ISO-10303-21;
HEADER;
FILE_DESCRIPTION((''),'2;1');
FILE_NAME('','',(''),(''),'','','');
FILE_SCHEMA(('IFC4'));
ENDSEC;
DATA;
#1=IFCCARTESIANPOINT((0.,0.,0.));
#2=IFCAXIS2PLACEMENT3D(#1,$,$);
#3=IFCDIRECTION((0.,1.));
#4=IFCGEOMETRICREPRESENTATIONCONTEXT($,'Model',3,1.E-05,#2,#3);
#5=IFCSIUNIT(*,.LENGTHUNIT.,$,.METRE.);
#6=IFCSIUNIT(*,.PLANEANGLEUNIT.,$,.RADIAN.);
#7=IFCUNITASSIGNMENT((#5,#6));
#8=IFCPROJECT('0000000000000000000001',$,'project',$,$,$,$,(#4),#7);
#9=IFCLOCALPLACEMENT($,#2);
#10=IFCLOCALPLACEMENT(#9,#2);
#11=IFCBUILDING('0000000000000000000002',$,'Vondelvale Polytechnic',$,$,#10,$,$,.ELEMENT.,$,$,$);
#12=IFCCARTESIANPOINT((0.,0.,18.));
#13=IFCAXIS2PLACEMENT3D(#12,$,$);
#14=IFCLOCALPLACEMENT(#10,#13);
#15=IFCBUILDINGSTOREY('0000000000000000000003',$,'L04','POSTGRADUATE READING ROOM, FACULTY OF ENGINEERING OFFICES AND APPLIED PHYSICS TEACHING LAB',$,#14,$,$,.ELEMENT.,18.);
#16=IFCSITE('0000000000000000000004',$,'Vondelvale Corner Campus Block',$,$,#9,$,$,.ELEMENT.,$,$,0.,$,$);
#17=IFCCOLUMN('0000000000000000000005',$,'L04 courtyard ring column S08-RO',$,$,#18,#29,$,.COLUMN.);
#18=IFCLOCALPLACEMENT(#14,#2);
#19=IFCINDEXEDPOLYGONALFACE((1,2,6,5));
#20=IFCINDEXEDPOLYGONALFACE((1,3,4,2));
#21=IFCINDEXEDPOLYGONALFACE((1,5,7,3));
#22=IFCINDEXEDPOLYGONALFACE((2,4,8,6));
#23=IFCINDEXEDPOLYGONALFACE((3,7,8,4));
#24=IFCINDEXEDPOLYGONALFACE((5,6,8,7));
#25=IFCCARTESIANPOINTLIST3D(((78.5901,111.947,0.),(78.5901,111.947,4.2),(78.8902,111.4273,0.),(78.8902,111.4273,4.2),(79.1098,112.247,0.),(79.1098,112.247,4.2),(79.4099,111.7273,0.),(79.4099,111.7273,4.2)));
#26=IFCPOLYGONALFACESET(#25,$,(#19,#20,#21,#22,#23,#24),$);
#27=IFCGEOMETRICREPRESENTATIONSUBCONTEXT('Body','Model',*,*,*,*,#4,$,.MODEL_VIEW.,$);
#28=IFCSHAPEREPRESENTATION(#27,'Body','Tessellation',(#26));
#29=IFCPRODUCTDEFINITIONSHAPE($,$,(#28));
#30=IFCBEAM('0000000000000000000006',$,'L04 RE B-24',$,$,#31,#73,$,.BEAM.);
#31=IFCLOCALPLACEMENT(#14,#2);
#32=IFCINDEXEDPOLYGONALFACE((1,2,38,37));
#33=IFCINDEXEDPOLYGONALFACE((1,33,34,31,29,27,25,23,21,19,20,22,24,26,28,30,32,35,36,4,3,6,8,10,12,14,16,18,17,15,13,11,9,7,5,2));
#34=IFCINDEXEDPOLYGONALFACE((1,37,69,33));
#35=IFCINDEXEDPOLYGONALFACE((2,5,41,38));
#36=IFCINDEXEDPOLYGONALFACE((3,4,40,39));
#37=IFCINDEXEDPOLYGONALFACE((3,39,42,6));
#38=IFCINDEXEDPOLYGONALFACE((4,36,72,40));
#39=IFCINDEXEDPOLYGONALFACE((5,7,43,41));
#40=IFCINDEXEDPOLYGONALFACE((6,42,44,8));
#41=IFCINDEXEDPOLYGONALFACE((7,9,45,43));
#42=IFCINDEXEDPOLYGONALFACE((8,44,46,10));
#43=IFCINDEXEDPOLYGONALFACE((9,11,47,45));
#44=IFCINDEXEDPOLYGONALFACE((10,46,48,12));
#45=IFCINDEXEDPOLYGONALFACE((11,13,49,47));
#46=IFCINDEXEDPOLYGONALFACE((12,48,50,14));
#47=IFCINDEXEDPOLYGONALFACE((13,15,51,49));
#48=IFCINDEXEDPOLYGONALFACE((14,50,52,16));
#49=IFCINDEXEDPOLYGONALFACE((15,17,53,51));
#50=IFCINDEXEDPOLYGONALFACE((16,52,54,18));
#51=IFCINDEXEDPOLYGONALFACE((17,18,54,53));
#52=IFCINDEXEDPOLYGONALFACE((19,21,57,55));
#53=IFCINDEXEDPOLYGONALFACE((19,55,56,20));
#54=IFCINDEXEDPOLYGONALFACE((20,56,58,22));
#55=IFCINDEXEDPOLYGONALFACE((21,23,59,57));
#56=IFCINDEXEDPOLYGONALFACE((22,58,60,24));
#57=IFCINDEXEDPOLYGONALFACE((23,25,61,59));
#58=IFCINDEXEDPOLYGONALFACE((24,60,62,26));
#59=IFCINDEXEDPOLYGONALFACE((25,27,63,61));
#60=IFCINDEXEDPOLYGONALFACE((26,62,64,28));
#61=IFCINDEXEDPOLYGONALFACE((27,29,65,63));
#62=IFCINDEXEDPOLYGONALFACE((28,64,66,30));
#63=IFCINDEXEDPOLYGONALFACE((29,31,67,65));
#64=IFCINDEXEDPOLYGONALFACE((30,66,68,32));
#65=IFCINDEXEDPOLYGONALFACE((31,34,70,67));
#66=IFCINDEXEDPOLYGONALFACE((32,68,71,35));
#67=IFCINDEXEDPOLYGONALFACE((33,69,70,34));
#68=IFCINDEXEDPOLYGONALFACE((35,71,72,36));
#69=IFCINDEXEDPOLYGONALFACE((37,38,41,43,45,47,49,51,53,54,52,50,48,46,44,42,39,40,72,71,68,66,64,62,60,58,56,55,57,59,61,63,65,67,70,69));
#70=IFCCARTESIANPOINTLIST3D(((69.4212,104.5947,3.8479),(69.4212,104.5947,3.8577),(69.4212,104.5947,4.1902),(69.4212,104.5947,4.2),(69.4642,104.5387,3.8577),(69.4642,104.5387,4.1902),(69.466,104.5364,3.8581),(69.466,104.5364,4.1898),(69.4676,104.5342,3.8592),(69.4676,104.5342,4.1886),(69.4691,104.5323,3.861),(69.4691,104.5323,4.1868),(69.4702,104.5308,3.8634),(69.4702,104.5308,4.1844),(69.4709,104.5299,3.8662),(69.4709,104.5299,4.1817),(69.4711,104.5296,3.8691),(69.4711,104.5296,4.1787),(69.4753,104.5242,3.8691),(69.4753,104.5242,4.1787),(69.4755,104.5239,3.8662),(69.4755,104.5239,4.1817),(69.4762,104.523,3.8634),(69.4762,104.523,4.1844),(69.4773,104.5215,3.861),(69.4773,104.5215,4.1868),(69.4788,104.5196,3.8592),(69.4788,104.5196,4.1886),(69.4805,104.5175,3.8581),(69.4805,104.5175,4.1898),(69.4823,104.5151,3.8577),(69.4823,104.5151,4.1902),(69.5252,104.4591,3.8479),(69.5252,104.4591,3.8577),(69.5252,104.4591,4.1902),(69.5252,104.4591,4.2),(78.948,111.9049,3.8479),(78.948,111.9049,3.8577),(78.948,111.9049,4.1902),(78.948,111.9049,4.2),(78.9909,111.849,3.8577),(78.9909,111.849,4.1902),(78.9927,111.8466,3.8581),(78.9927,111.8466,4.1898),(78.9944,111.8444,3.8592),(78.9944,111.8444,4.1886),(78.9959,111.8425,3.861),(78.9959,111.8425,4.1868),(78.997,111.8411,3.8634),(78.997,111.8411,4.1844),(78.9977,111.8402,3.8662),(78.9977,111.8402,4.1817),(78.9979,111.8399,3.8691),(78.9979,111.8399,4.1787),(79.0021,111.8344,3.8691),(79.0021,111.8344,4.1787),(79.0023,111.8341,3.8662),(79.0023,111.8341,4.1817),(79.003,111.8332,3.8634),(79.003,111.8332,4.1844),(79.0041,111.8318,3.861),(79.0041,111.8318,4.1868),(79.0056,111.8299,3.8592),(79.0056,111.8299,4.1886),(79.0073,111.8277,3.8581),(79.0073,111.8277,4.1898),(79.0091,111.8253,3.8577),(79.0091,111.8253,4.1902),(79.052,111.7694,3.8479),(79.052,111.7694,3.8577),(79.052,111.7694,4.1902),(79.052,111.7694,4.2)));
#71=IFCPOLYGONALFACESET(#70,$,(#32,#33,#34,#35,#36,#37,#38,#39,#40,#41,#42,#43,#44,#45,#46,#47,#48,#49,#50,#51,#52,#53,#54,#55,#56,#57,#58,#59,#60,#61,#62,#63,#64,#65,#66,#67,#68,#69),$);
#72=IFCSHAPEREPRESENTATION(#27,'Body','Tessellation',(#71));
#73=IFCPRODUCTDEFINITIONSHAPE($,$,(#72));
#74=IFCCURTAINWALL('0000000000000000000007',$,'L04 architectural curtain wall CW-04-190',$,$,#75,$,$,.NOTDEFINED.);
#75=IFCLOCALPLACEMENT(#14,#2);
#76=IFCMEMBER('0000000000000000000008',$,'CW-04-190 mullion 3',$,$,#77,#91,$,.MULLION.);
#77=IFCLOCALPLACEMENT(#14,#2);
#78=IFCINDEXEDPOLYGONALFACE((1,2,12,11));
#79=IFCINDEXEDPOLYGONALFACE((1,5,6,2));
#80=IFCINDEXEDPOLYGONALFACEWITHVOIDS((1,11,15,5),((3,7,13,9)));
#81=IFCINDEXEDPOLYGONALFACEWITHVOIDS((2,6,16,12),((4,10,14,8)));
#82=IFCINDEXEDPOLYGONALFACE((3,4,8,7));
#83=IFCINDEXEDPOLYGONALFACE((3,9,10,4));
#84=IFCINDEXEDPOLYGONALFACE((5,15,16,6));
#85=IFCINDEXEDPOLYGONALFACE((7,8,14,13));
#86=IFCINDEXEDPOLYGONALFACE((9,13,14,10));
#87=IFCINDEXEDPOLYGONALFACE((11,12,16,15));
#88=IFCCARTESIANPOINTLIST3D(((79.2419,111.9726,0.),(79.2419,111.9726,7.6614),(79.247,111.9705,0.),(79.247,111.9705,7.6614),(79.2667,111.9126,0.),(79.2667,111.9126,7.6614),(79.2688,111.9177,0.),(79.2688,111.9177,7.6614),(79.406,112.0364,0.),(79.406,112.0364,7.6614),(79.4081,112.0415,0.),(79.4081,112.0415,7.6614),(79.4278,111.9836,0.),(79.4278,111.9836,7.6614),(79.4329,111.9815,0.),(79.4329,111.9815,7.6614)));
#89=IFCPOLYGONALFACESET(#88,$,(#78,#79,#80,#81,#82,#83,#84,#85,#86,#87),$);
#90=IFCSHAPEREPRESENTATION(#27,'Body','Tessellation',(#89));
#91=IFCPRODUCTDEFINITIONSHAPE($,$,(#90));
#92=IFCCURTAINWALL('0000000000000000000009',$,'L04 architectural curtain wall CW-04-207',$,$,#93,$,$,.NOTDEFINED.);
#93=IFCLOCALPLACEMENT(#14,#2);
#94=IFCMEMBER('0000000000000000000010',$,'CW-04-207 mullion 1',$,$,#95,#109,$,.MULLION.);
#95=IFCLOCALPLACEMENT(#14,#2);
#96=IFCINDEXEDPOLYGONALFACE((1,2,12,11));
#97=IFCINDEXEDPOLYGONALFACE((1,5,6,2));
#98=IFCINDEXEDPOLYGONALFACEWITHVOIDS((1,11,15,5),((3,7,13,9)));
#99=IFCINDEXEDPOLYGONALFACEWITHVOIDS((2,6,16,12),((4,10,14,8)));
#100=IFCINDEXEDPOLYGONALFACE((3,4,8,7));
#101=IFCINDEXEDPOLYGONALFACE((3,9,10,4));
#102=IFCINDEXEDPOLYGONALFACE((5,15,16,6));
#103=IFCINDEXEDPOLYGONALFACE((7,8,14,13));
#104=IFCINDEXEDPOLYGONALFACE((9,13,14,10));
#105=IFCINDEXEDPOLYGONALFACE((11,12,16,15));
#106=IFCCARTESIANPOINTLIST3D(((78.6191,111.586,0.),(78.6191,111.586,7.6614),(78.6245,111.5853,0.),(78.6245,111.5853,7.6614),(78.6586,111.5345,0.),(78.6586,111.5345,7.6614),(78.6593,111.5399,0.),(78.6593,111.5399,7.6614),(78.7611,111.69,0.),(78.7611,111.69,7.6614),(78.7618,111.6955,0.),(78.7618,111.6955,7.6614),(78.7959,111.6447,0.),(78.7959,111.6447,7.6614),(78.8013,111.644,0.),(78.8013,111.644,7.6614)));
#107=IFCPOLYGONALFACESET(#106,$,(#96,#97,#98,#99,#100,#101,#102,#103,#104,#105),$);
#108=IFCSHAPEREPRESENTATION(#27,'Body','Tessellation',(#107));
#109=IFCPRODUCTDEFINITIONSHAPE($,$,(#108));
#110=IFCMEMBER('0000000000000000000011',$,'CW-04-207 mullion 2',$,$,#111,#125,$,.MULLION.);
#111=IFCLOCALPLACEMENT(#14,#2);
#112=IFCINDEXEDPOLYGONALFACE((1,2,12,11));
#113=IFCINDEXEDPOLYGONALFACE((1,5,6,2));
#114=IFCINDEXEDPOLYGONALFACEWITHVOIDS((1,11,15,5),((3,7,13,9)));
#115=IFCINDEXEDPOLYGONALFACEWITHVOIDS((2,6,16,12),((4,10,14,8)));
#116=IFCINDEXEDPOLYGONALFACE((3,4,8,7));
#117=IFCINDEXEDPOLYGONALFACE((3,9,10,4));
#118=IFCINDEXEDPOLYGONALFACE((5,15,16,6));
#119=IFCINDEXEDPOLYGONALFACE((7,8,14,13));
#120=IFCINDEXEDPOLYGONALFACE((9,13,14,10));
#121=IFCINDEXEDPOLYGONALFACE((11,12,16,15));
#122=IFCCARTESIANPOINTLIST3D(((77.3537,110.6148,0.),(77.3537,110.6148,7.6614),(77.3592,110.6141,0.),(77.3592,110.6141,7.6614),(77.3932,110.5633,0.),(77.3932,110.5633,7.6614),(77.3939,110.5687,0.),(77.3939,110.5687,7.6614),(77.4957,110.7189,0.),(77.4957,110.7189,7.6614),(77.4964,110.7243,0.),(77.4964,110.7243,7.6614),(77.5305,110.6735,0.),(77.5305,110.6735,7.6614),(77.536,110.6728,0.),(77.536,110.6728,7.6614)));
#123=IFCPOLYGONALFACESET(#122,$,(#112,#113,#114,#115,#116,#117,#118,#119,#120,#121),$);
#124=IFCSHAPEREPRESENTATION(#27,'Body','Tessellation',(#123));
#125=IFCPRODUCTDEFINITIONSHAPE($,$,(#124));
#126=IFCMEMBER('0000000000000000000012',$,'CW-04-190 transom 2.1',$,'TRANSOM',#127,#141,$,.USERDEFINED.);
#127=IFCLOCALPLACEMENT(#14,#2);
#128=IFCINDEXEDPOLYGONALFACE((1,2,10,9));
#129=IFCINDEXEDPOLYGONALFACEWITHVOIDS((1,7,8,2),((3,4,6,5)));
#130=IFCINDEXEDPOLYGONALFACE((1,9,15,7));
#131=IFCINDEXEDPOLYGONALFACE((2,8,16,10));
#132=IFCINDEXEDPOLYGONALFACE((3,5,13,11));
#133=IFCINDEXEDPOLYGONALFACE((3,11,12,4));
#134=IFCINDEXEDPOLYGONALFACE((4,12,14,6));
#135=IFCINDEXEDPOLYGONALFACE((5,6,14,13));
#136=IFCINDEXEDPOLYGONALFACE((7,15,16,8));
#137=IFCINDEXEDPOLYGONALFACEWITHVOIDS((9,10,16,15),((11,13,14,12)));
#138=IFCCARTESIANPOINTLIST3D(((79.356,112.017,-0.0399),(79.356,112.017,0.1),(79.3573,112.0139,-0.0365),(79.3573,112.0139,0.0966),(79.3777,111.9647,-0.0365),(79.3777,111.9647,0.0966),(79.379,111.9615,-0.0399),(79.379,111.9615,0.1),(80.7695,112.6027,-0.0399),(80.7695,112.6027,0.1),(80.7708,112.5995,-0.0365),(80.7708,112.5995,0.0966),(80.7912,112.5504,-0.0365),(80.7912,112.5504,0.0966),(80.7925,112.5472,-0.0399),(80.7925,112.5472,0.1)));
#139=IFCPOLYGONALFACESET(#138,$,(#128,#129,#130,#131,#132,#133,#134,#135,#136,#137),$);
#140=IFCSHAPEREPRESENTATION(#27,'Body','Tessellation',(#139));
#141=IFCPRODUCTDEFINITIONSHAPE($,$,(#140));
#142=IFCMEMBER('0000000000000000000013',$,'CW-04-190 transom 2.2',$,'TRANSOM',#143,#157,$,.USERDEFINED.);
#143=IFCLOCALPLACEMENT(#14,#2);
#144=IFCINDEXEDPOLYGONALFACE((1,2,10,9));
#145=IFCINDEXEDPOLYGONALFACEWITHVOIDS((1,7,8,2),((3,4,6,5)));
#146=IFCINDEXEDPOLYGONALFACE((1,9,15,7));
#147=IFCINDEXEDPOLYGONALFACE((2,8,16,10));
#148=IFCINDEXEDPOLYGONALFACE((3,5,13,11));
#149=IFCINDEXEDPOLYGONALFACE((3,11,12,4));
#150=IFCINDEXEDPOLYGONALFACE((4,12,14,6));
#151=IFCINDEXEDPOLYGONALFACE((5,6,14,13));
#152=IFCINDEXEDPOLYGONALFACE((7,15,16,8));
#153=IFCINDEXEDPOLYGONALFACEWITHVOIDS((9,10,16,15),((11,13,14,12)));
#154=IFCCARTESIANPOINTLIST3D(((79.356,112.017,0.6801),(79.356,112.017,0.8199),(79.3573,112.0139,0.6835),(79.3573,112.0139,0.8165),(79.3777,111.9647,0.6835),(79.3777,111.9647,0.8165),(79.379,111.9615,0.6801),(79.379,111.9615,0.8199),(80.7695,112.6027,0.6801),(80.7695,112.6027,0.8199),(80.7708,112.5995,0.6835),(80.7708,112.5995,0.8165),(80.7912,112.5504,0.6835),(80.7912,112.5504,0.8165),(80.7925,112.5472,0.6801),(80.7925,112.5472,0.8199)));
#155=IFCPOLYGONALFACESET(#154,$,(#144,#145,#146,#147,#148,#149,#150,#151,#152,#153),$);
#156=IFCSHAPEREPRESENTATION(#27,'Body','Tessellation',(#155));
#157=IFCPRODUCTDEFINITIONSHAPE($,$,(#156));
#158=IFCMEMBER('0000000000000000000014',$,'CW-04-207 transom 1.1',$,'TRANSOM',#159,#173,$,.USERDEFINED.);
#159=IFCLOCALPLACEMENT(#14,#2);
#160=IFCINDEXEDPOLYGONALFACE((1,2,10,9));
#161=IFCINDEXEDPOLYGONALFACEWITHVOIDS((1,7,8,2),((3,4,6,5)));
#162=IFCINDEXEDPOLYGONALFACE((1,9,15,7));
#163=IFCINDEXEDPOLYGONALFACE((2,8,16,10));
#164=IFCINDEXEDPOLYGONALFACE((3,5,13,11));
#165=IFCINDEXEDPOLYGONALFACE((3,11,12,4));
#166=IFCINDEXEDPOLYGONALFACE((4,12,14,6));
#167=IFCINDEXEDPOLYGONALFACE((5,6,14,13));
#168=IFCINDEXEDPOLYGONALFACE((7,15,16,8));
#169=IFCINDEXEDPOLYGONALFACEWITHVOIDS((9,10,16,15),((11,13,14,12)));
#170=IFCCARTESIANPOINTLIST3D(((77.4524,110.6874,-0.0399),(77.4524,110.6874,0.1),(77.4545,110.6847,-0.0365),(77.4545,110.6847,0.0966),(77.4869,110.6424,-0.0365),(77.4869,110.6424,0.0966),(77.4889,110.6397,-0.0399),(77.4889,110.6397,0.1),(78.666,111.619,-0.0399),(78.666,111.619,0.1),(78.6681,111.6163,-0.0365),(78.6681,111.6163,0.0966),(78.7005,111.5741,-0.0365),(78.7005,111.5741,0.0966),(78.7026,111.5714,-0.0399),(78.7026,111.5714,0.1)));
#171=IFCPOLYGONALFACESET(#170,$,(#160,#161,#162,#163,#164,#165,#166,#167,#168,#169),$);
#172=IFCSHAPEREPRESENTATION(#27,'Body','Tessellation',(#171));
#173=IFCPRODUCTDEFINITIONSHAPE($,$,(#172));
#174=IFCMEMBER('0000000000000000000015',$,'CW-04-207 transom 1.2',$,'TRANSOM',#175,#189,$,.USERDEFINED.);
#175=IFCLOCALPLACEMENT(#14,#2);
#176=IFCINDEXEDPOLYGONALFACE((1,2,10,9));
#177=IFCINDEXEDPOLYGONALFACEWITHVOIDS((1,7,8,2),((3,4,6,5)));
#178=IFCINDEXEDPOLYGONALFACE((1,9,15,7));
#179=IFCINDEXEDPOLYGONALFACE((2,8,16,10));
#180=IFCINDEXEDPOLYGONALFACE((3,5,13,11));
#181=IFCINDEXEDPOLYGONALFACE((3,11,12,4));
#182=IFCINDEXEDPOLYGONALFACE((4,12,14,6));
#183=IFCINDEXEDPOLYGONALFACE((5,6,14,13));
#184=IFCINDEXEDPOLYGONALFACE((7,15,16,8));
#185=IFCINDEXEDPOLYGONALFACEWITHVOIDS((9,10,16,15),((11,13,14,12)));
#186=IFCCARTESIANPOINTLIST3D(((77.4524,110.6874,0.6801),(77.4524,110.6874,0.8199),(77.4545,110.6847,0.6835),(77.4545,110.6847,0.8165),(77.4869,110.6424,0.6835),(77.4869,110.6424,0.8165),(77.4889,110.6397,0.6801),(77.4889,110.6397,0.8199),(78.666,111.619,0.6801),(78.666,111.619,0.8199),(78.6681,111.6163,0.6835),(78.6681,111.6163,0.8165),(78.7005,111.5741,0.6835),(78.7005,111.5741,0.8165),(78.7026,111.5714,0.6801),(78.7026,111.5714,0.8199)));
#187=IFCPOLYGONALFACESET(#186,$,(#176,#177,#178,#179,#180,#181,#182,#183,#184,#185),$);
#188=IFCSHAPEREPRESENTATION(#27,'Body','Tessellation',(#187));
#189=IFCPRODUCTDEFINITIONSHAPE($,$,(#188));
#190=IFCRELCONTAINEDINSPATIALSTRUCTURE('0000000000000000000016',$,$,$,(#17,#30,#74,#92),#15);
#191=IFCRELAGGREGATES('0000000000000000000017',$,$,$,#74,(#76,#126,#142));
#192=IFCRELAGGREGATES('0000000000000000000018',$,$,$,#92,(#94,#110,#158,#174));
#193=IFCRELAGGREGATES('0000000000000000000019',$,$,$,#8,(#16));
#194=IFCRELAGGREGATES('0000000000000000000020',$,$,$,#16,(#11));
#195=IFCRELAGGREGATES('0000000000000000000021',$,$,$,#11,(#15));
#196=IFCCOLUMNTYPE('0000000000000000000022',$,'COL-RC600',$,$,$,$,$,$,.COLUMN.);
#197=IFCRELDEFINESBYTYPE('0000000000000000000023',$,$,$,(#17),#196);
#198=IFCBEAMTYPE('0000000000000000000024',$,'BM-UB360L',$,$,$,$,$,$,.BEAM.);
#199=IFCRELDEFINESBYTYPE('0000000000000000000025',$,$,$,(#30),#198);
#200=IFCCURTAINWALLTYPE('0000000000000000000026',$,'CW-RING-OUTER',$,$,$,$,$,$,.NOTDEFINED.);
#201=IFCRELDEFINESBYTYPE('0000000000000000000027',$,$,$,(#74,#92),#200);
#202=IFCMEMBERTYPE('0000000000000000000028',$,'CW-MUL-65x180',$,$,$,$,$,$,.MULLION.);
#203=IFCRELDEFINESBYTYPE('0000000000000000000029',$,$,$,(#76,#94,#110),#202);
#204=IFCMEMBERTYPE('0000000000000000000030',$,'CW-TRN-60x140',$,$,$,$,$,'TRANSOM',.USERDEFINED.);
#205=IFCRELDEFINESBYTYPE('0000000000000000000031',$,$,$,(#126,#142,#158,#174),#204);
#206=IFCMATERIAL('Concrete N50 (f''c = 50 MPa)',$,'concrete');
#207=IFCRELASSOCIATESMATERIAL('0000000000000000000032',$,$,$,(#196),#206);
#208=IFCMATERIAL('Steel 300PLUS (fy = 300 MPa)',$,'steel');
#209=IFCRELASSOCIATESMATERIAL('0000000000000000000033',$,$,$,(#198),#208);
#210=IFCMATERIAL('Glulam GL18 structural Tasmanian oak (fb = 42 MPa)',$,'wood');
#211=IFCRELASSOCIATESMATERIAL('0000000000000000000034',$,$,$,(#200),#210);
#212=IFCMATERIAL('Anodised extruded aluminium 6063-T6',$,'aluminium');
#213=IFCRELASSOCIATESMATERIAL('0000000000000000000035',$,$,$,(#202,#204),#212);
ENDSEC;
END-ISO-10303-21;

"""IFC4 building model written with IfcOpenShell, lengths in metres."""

from ifc_helpers import new_model, si_unit, direction, frame, origin, origin_2d, place, context, subcontext, project, spatial, rectangle, hollow_rectangle, i_section, extrude, material, material_profile, profile_set, type_object, element, aggregate, save


model = new_model("IFC4")

# Units and contexts
model_context = context("Model", 3, precision=1e-05, world=origin(), true_north=direction((0.0, 1.0)))
body_context = subcontext(model_context, "Body", "Model", "MODEL_VIEW")
ifc_project = project(units=[si_unit("LENGTHUNIT", "METRE"), si_unit("PLANEANGLEUNIT", "RADIAN")], contexts=[model_context])

# Site, building, storey
site_placement = place(None, origin())
site = spatial("IfcSite", under=ifc_project, at=site_placement, Name="Vondelvale Corner Campus Block", CompositionType="ELEMENT", RefElevation=0.0)
building_placement = place(site_placement, origin())
building = spatial("IfcBuilding", under=site, at=building_placement, Name="Vondelvale Polytechnic", CompositionType="ELEMENT")
storey_placement = place(building_placement, frame((0.0, 0.0, 18.0)))
storey = spatial("IfcBuildingStorey", under=building, at=storey_placement, Name="L04", Description="POSTGRADUATE READING ROOM, FACULTY OF ENGINEERING OFFICES AND APPLIED PHYSICS TEACHING LAB", CompositionType="ELEMENT", Elevation=18.0)

# Column
ifc_material_1 = material(Name="Concrete N50 (f'c = 50 MPa)", Category="concrete")
ifc_material_profile_1 = material_profile(ifc_material_1, rectangle(XDim=0.6001, YDim=0.6001, at=origin_2d()), Name="RC-COL-600x600")
ifc_profile_set_1 = profile_set([ifc_material_profile_1], Name="Concrete N50 (f'c = 50 MPa)")
column_type = type_object("IfcColumnType", Name="COL-RC600", PredefinedType="COLUMN", material=ifc_profile_set_1)
column_placement = place(storey_placement, frame((79.0, 111.8372, 0.0), z_axis=(0.0, 0.0, 1.0), x_axis=(-0.5, 0.866025, 0.0)))
element("IfcColumn", 1, at=column_placement, inside=storey, type_object=column_type, Name="L04 courtyard ring column S08-RO", PredefinedType="COLUMN", context=body_context, shape_type="SweptSolid", body=[
    extrude(rectangle(XDim=0.6001, YDim=0.6001, at=origin_2d()), origin(), (0.0, 0.0, 1.0), 4.2),
])

# Beam
ifc_material_2 = material(Name="Steel 300PLUS (fy = 300 MPa)", Category="steel")
ifc_material_profile_2 = material_profile(ifc_material_2, i_section(OverallWidth=0.1709, OverallDepth=0.3521, WebThickness=0.0068, FlangeThickness=0.0098, FilletRadius=0.0115, at=origin_2d()), Name="360UB44.7")
ifc_profile_set_2 = profile_set([ifc_material_profile_2], Name="Steel 300PLUS (fy = 300 MPa)")
beam_type = type_object("IfcBeamType", Name="BM-UB360L", PredefinedType="BEAM", material=ifc_profile_set_2)
beam_placement = place(storey_placement, frame((79.0, 111.8372, 4.0239), z_axis=(-0.79335, -0.608766, 0.0), x_axis=(0.608766, -0.79335, 0.0)))
element("IfcBeam", 2, at=beam_placement, inside=storey, type_object=beam_type, Name="L04 RE B-24", PredefinedType="BEAM", context=body_context, shape_type="SweptSolid", body=[
    extrude(i_section(OverallWidth=0.1709, OverallDepth=0.3521, WebThickness=0.0068, FlangeThickness=0.0098, FilletRadius=0.0115, at=origin_2d()), origin(), (0.0, 0.0, 1.0), 12.0083),
])

# Curtain wall, member
ifc_material_3 = material(Name="Glulam GL18 structural Tasmanian oak (fb = 42 MPa)", Category="wood")
curtain_wall_type = type_object("IfcCurtainWallType", Name="CW-RING-OUTER", PredefinedType="NOTDEFINED", material=ifc_material_3)
curtain_wall_1_placement = place(storey_placement, origin())
curtain_wall_1 = element("IfcCurtainWall", 3, at=curtain_wall_1_placement, inside=storey, type_object=curtain_wall_type, Name="L04 architectural curtain wall CW-04-190", PredefinedType="NOTDEFINED")
ifc_material_4 = material(Name="Anodised extruded aluminium 6063-T6", Category="aluminium")
ifc_material_profile_3 = material_profile(ifc_material_4, hollow_rectangle(XDim=0.0649, YDim=0.1799, WallThickness=0.0039, at=origin_2d()), Name="CW-MUL-180x65")
ifc_profile_set_3 = profile_set([ifc_material_profile_3], Name="Anodised extruded aluminium 6063-T6")
member_type_1 = type_object("IfcMemberType", Name="CW-MUL-65x180", PredefinedType="MULLION", material=ifc_profile_set_3)
member_1_placement = place(storey_placement, frame((79.3374, 111.9771, 0.0), z_axis=(0.0, 0.0, 1.0), x_axis=(0.382677, -0.923882, 0.0)))
member_1 = element("IfcMember", 4, at=member_1_placement, type_object=member_type_1, Name="CW-04-190 mullion 3", PredefinedType="MULLION", context=body_context, shape_type="SweptSolid", body=[
    extrude(hollow_rectangle(XDim=0.0649, YDim=0.1799, WallThickness=0.0039, at=origin_2d()), origin(), (0.0, 0.0, 1.0), 7.6614),
])

# Curtain wall, members
curtain_wall_2_placement = place(storey_placement, origin())
curtain_wall_2 = element("IfcCurtainWall", 5, at=curtain_wall_2_placement, inside=storey, type_object=curtain_wall_type, Name="L04 architectural curtain wall CW-04-207", PredefinedType="NOTDEFINED")
member_2_placement = place(storey_placement, frame((78.7102, 111.615, 0.0), z_axis=(0.0, 0.0, 1.0), x_axis=(0.608787, -0.793334, 0.0)))
member_2 = element("IfcMember", 6, at=member_2_placement, type_object=member_type_1, Name="CW-04-207 mullion 1", PredefinedType="MULLION", context=body_context, shape_type="SweptSolid", body=[
    extrude(hollow_rectangle(XDim=0.0649, YDim=0.1799, WallThickness=0.0039, at=origin_2d()), origin(), (0.0, 0.0, 1.0), 7.6614),
])
member_3_placement = place(storey_placement, frame((77.4448, 110.6438, 0.0), z_axis=(0.0, 0.0, 1.0), x_axis=(0.608787, -0.793334, 0.0)))
member_3 = element("IfcMember", 7, at=member_3_placement, type_object=member_type_1, Name="CW-04-207 mullion 2", PredefinedType="MULLION", context=body_context, shape_type="SweptSolid", body=[
    extrude(hollow_rectangle(XDim=0.0649, YDim=0.1799, WallThickness=0.0039, at=origin_2d()), origin(), (0.0, 0.0, 1.0), 7.6614),
])

# Members
ifc_material_profile_4 = material_profile(ifc_material_4, hollow_rectangle(XDim=0.0601, YDim=0.1399, WallThickness=0.0034, at=origin_2d()), Name="CW-TRN-140x60")
ifc_profile_set_4 = profile_set([ifc_material_profile_4], Name="Anodised extruded aluminium 6063-T6")
member_type_2 = type_object("IfcMemberType", Name="CW-TRN-60x140", ElementType="TRANSOM", PredefinedType="USERDEFINED", material=ifc_profile_set_4)
member_4_placement = place(storey_placement, frame((80.781, 112.575, 0.03), z_axis=(-0.92384, -0.382779, 0.0), x_axis=(0.382779, -0.92384, 0.0)))
member_4 = element("IfcMember", 8, at=member_4_placement, type_object=member_type_2, Name="CW-04-190 transom 2.1", ObjectType="TRANSOM", PredefinedType="USERDEFINED", context=body_context, shape_type="SweptSolid", body=[
    extrude(hollow_rectangle(XDim=0.0601, YDim=0.1399, WallThickness=0.0034, at=origin_2d()), origin(), (0.0, 0.0, 1.0), 1.53),
])
member_5_placement = place(storey_placement, frame((80.781, 112.575, 0.75), z_axis=(-0.92384, -0.382779, 0.0), x_axis=(0.382779, -0.92384, 0.0)))
member_5 = element("IfcMember", 9, at=member_5_placement, type_object=member_type_2, Name="CW-04-190 transom 2.2", ObjectType="TRANSOM", PredefinedType="USERDEFINED", context=body_context, shape_type="SweptSolid", body=[
    extrude(hollow_rectangle(XDim=0.0601, YDim=0.1399, WallThickness=0.0034, at=origin_2d()), origin(), (0.0, 0.0, 1.0), 1.53),
])
member_6_placement = place(storey_placement, frame((78.6843, 111.5952, 0.03), z_axis=(-0.793229, -0.608924, 0.0), x_axis=(0.608924, -0.793229, 0.0)))
member_6 = element("IfcMember", 10, at=member_6_placement, type_object=member_type_2, Name="CW-04-207 transom 1.1", ObjectType="TRANSOM", PredefinedType="USERDEFINED", context=body_context, shape_type="SweptSolid", body=[
    extrude(hollow_rectangle(XDim=0.0601, YDim=0.1399, WallThickness=0.0034, at=origin_2d()), origin(), (0.0, 0.0, 1.0), 1.53),
])
member_7_placement = place(storey_placement, frame((78.6843, 111.5952, 0.75), z_axis=(-0.793229, -0.608924, 0.0), x_axis=(0.608924, -0.793229, 0.0)))
member_7 = element("IfcMember", 11, at=member_7_placement, type_object=member_type_2, Name="CW-04-207 transom 1.2", ObjectType="TRANSOM", PredefinedType="USERDEFINED", context=body_context, shape_type="SweptSolid", body=[
    extrude(hollow_rectangle(XDim=0.0601, YDim=0.1399, WallThickness=0.0034, at=origin_2d()), origin(), (0.0, 0.0, 1.0), 1.53),
])

aggregate(curtain_wall_1, [member_1, member_4, member_5])
aggregate(curtain_wall_2, [member_2, member_3, member_6, member_7])

save(model, "model.ifc")
